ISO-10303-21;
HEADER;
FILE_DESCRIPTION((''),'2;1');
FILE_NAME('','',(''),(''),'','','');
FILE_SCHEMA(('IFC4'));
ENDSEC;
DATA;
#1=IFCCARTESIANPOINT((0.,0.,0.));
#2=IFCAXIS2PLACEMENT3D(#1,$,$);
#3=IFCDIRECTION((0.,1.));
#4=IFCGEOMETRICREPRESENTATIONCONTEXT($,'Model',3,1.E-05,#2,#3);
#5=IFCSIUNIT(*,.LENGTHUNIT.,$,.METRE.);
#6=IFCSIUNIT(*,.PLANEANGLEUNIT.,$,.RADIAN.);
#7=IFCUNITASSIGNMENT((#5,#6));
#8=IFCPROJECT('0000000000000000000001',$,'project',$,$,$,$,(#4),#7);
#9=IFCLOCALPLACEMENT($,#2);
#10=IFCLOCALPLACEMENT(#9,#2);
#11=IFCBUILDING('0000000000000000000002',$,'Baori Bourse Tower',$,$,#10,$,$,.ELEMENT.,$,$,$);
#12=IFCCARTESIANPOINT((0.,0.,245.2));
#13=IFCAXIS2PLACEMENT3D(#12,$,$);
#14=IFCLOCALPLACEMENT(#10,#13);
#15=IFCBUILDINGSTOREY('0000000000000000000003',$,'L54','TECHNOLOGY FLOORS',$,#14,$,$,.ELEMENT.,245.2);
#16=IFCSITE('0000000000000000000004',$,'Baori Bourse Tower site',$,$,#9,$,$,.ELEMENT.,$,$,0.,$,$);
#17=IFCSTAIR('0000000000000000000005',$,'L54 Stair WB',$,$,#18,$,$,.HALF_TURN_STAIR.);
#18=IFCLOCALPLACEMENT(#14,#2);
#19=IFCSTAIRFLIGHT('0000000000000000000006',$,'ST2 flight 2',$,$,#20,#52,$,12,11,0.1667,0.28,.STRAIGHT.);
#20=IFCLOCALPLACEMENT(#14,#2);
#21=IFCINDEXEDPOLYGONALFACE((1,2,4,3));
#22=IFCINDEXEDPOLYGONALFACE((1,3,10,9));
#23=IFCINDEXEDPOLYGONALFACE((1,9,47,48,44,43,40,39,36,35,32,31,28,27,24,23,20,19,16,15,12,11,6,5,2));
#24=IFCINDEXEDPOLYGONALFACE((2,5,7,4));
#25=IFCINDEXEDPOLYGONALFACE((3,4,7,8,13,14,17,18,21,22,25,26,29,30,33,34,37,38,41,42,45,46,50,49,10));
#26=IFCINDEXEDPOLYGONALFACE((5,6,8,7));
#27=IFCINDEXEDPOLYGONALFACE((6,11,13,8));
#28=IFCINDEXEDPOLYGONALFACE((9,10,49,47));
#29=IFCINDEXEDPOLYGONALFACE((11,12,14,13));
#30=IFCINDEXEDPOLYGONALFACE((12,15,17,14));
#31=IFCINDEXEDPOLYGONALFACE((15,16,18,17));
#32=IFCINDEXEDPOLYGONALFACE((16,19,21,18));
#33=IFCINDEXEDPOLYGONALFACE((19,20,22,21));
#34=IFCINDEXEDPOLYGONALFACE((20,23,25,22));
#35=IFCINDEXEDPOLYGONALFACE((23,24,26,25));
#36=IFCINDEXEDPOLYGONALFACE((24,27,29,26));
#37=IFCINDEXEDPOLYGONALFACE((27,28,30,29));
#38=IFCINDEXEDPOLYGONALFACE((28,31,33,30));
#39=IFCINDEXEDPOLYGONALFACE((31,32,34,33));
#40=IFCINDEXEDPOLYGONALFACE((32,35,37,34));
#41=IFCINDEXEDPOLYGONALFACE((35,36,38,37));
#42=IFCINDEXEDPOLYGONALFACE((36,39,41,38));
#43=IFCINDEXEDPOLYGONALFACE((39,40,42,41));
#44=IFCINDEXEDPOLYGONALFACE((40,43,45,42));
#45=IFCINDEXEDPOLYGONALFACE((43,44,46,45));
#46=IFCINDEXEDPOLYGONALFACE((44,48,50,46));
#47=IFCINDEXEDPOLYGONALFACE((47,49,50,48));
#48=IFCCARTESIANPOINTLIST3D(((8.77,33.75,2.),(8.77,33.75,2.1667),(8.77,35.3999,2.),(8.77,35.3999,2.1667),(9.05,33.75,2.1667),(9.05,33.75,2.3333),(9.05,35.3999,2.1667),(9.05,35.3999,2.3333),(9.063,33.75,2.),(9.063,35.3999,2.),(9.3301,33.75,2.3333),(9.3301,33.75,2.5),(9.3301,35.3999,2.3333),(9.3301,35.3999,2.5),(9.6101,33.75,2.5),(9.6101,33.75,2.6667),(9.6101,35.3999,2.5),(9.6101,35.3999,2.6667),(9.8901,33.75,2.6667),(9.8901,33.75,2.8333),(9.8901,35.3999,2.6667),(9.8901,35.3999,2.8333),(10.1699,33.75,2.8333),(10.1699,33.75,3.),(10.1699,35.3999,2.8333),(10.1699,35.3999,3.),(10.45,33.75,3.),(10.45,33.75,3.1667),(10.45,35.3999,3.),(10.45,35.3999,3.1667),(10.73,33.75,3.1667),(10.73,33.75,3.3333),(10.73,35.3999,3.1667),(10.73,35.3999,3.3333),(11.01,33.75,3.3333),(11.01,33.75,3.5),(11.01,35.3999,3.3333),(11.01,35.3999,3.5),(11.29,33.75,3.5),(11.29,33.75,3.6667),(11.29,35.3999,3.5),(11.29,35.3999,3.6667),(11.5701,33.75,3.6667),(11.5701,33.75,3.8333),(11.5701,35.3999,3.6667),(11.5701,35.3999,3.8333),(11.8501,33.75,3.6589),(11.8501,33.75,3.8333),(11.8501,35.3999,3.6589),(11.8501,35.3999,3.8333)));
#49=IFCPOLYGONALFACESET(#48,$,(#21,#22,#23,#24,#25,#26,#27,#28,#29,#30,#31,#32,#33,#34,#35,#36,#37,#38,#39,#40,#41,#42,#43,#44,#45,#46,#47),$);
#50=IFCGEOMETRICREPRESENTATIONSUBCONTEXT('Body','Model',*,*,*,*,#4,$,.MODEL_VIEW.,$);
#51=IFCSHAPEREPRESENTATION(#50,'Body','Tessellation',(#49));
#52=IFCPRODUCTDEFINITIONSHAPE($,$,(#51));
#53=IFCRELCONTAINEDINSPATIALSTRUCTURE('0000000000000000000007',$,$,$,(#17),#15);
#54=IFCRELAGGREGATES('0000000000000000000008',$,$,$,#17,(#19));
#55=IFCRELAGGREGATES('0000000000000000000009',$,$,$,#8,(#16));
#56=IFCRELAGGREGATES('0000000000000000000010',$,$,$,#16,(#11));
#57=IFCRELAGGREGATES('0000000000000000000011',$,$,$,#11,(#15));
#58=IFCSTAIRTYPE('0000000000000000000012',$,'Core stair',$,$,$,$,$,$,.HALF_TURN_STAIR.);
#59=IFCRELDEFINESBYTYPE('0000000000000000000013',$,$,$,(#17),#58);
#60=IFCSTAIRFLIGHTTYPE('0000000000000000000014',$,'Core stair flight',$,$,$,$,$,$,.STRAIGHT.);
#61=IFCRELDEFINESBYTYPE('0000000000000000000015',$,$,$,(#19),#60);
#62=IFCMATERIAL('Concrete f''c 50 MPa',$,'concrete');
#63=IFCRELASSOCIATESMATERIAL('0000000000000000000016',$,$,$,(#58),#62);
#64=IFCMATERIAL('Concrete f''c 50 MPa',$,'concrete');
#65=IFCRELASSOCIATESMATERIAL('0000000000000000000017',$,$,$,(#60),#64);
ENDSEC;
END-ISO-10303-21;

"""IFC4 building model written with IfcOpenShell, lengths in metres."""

from ifc_helpers import new_model, si_unit, direction, frame, origin, place, context, subcontext, project, spatial, polyline, outline, extrude, material, type_object, element, aggregate, save


model = new_model("IFC4")

# Units and contexts
model_context = context("Model", 3, precision=1e-05, world=origin(), true_north=direction((0.0, 1.0)))
body_context = subcontext(model_context, "Body", "Model", "MODEL_VIEW")
ifc_project = project(units=[si_unit("LENGTHUNIT", "METRE"), si_unit("PLANEANGLEUNIT", "RADIAN")], contexts=[model_context])

# Site, building, storey
site_placement = place(None, origin())
site = spatial("IfcSite", under=ifc_project, at=site_placement, Name="Baori Bourse Tower site", CompositionType="ELEMENT", RefElevation=0.0)
building_placement = place(site_placement, origin())
building = spatial("IfcBuilding", under=site, at=building_placement, Name="Baori Bourse Tower", CompositionType="ELEMENT")
storey_placement = place(building_placement, frame((0.0, 0.0, 245.2)))
storey = spatial("IfcBuildingStorey", under=building, at=storey_placement, Name="L54", Description="TECHNOLOGY FLOORS", CompositionType="ELEMENT", Elevation=245.2)

# Stair, stair flight
ifc_material_1 = material(Name="Concrete f'c 50 MPa", Category="concrete")
stair_type = type_object("IfcStairType", Name="Core stair", PredefinedType="HALF_TURN_STAIR", material=ifc_material_1)
stair_placement = place(storey_placement, origin())
stair = element("IfcStair", 1, at=stair_placement, inside=storey, type_object=stair_type, Name="L54 Stair WB", PredefinedType="HALF_TURN_STAIR")
ifc_material_2 = material(Name="Concrete f'c 50 MPa", Category="concrete")
stair_flight_type = type_object("IfcStairFlightType", Name="Core stair flight", PredefinedType="STRAIGHT", material=ifc_material_2)
stair_flight_placement = place(storey_placement, frame((8.77, 34.575, 2.0), z_axis=(0.0, 0.0, 1.0), x_axis=(1.0, 0.0, 0.0)))
stair_flight = element("IfcStairFlight", 2, at=stair_flight_placement, type_object=stair_flight_type, Name="ST2 flight 2", NumberOfRisers=12, NumberOfTreads=11, PredefinedType="STRAIGHT", RiserHeight=0.1667, TreadLength=0.28, context=body_context, shape_type="SweptSolid", body=[
    extrude(outline(polyline([(0.0, 0.0), (0.0, 0.1667), (0.28, 0.1667), (0.28, 0.3333), (0.5601, 0.3333), (0.5601, 0.5), (0.8401, 0.5), (0.8401, 0.6667), (1.1201, 0.6667), (1.1201, 0.8333), (1.3999, 0.8333), (1.3999, 1.0), (1.6799, 1.0), (1.6799, 1.1667), (1.96, 1.1667), (1.96, 1.3333), (2.24, 1.3333), (2.24, 1.5), (2.52, 1.5), (2.52, 1.6667), (2.8, 1.6667), (2.8, 1.8333), (3.0801, 1.8333), (3.0801, 2.0), (3.0801, 1.6589), (0.293, 0.0), (0.0, 0.0)])), frame((0.0, 0.825, 0.0), z_axis=(0.0, -1.0, 0.0), x_axis=(1.0, 0.0, 0.0)), (0.0, 0.0, 1.0), 1.6499),
])
aggregate(stair, [stair_flight])

save(model, "model.ifc")
